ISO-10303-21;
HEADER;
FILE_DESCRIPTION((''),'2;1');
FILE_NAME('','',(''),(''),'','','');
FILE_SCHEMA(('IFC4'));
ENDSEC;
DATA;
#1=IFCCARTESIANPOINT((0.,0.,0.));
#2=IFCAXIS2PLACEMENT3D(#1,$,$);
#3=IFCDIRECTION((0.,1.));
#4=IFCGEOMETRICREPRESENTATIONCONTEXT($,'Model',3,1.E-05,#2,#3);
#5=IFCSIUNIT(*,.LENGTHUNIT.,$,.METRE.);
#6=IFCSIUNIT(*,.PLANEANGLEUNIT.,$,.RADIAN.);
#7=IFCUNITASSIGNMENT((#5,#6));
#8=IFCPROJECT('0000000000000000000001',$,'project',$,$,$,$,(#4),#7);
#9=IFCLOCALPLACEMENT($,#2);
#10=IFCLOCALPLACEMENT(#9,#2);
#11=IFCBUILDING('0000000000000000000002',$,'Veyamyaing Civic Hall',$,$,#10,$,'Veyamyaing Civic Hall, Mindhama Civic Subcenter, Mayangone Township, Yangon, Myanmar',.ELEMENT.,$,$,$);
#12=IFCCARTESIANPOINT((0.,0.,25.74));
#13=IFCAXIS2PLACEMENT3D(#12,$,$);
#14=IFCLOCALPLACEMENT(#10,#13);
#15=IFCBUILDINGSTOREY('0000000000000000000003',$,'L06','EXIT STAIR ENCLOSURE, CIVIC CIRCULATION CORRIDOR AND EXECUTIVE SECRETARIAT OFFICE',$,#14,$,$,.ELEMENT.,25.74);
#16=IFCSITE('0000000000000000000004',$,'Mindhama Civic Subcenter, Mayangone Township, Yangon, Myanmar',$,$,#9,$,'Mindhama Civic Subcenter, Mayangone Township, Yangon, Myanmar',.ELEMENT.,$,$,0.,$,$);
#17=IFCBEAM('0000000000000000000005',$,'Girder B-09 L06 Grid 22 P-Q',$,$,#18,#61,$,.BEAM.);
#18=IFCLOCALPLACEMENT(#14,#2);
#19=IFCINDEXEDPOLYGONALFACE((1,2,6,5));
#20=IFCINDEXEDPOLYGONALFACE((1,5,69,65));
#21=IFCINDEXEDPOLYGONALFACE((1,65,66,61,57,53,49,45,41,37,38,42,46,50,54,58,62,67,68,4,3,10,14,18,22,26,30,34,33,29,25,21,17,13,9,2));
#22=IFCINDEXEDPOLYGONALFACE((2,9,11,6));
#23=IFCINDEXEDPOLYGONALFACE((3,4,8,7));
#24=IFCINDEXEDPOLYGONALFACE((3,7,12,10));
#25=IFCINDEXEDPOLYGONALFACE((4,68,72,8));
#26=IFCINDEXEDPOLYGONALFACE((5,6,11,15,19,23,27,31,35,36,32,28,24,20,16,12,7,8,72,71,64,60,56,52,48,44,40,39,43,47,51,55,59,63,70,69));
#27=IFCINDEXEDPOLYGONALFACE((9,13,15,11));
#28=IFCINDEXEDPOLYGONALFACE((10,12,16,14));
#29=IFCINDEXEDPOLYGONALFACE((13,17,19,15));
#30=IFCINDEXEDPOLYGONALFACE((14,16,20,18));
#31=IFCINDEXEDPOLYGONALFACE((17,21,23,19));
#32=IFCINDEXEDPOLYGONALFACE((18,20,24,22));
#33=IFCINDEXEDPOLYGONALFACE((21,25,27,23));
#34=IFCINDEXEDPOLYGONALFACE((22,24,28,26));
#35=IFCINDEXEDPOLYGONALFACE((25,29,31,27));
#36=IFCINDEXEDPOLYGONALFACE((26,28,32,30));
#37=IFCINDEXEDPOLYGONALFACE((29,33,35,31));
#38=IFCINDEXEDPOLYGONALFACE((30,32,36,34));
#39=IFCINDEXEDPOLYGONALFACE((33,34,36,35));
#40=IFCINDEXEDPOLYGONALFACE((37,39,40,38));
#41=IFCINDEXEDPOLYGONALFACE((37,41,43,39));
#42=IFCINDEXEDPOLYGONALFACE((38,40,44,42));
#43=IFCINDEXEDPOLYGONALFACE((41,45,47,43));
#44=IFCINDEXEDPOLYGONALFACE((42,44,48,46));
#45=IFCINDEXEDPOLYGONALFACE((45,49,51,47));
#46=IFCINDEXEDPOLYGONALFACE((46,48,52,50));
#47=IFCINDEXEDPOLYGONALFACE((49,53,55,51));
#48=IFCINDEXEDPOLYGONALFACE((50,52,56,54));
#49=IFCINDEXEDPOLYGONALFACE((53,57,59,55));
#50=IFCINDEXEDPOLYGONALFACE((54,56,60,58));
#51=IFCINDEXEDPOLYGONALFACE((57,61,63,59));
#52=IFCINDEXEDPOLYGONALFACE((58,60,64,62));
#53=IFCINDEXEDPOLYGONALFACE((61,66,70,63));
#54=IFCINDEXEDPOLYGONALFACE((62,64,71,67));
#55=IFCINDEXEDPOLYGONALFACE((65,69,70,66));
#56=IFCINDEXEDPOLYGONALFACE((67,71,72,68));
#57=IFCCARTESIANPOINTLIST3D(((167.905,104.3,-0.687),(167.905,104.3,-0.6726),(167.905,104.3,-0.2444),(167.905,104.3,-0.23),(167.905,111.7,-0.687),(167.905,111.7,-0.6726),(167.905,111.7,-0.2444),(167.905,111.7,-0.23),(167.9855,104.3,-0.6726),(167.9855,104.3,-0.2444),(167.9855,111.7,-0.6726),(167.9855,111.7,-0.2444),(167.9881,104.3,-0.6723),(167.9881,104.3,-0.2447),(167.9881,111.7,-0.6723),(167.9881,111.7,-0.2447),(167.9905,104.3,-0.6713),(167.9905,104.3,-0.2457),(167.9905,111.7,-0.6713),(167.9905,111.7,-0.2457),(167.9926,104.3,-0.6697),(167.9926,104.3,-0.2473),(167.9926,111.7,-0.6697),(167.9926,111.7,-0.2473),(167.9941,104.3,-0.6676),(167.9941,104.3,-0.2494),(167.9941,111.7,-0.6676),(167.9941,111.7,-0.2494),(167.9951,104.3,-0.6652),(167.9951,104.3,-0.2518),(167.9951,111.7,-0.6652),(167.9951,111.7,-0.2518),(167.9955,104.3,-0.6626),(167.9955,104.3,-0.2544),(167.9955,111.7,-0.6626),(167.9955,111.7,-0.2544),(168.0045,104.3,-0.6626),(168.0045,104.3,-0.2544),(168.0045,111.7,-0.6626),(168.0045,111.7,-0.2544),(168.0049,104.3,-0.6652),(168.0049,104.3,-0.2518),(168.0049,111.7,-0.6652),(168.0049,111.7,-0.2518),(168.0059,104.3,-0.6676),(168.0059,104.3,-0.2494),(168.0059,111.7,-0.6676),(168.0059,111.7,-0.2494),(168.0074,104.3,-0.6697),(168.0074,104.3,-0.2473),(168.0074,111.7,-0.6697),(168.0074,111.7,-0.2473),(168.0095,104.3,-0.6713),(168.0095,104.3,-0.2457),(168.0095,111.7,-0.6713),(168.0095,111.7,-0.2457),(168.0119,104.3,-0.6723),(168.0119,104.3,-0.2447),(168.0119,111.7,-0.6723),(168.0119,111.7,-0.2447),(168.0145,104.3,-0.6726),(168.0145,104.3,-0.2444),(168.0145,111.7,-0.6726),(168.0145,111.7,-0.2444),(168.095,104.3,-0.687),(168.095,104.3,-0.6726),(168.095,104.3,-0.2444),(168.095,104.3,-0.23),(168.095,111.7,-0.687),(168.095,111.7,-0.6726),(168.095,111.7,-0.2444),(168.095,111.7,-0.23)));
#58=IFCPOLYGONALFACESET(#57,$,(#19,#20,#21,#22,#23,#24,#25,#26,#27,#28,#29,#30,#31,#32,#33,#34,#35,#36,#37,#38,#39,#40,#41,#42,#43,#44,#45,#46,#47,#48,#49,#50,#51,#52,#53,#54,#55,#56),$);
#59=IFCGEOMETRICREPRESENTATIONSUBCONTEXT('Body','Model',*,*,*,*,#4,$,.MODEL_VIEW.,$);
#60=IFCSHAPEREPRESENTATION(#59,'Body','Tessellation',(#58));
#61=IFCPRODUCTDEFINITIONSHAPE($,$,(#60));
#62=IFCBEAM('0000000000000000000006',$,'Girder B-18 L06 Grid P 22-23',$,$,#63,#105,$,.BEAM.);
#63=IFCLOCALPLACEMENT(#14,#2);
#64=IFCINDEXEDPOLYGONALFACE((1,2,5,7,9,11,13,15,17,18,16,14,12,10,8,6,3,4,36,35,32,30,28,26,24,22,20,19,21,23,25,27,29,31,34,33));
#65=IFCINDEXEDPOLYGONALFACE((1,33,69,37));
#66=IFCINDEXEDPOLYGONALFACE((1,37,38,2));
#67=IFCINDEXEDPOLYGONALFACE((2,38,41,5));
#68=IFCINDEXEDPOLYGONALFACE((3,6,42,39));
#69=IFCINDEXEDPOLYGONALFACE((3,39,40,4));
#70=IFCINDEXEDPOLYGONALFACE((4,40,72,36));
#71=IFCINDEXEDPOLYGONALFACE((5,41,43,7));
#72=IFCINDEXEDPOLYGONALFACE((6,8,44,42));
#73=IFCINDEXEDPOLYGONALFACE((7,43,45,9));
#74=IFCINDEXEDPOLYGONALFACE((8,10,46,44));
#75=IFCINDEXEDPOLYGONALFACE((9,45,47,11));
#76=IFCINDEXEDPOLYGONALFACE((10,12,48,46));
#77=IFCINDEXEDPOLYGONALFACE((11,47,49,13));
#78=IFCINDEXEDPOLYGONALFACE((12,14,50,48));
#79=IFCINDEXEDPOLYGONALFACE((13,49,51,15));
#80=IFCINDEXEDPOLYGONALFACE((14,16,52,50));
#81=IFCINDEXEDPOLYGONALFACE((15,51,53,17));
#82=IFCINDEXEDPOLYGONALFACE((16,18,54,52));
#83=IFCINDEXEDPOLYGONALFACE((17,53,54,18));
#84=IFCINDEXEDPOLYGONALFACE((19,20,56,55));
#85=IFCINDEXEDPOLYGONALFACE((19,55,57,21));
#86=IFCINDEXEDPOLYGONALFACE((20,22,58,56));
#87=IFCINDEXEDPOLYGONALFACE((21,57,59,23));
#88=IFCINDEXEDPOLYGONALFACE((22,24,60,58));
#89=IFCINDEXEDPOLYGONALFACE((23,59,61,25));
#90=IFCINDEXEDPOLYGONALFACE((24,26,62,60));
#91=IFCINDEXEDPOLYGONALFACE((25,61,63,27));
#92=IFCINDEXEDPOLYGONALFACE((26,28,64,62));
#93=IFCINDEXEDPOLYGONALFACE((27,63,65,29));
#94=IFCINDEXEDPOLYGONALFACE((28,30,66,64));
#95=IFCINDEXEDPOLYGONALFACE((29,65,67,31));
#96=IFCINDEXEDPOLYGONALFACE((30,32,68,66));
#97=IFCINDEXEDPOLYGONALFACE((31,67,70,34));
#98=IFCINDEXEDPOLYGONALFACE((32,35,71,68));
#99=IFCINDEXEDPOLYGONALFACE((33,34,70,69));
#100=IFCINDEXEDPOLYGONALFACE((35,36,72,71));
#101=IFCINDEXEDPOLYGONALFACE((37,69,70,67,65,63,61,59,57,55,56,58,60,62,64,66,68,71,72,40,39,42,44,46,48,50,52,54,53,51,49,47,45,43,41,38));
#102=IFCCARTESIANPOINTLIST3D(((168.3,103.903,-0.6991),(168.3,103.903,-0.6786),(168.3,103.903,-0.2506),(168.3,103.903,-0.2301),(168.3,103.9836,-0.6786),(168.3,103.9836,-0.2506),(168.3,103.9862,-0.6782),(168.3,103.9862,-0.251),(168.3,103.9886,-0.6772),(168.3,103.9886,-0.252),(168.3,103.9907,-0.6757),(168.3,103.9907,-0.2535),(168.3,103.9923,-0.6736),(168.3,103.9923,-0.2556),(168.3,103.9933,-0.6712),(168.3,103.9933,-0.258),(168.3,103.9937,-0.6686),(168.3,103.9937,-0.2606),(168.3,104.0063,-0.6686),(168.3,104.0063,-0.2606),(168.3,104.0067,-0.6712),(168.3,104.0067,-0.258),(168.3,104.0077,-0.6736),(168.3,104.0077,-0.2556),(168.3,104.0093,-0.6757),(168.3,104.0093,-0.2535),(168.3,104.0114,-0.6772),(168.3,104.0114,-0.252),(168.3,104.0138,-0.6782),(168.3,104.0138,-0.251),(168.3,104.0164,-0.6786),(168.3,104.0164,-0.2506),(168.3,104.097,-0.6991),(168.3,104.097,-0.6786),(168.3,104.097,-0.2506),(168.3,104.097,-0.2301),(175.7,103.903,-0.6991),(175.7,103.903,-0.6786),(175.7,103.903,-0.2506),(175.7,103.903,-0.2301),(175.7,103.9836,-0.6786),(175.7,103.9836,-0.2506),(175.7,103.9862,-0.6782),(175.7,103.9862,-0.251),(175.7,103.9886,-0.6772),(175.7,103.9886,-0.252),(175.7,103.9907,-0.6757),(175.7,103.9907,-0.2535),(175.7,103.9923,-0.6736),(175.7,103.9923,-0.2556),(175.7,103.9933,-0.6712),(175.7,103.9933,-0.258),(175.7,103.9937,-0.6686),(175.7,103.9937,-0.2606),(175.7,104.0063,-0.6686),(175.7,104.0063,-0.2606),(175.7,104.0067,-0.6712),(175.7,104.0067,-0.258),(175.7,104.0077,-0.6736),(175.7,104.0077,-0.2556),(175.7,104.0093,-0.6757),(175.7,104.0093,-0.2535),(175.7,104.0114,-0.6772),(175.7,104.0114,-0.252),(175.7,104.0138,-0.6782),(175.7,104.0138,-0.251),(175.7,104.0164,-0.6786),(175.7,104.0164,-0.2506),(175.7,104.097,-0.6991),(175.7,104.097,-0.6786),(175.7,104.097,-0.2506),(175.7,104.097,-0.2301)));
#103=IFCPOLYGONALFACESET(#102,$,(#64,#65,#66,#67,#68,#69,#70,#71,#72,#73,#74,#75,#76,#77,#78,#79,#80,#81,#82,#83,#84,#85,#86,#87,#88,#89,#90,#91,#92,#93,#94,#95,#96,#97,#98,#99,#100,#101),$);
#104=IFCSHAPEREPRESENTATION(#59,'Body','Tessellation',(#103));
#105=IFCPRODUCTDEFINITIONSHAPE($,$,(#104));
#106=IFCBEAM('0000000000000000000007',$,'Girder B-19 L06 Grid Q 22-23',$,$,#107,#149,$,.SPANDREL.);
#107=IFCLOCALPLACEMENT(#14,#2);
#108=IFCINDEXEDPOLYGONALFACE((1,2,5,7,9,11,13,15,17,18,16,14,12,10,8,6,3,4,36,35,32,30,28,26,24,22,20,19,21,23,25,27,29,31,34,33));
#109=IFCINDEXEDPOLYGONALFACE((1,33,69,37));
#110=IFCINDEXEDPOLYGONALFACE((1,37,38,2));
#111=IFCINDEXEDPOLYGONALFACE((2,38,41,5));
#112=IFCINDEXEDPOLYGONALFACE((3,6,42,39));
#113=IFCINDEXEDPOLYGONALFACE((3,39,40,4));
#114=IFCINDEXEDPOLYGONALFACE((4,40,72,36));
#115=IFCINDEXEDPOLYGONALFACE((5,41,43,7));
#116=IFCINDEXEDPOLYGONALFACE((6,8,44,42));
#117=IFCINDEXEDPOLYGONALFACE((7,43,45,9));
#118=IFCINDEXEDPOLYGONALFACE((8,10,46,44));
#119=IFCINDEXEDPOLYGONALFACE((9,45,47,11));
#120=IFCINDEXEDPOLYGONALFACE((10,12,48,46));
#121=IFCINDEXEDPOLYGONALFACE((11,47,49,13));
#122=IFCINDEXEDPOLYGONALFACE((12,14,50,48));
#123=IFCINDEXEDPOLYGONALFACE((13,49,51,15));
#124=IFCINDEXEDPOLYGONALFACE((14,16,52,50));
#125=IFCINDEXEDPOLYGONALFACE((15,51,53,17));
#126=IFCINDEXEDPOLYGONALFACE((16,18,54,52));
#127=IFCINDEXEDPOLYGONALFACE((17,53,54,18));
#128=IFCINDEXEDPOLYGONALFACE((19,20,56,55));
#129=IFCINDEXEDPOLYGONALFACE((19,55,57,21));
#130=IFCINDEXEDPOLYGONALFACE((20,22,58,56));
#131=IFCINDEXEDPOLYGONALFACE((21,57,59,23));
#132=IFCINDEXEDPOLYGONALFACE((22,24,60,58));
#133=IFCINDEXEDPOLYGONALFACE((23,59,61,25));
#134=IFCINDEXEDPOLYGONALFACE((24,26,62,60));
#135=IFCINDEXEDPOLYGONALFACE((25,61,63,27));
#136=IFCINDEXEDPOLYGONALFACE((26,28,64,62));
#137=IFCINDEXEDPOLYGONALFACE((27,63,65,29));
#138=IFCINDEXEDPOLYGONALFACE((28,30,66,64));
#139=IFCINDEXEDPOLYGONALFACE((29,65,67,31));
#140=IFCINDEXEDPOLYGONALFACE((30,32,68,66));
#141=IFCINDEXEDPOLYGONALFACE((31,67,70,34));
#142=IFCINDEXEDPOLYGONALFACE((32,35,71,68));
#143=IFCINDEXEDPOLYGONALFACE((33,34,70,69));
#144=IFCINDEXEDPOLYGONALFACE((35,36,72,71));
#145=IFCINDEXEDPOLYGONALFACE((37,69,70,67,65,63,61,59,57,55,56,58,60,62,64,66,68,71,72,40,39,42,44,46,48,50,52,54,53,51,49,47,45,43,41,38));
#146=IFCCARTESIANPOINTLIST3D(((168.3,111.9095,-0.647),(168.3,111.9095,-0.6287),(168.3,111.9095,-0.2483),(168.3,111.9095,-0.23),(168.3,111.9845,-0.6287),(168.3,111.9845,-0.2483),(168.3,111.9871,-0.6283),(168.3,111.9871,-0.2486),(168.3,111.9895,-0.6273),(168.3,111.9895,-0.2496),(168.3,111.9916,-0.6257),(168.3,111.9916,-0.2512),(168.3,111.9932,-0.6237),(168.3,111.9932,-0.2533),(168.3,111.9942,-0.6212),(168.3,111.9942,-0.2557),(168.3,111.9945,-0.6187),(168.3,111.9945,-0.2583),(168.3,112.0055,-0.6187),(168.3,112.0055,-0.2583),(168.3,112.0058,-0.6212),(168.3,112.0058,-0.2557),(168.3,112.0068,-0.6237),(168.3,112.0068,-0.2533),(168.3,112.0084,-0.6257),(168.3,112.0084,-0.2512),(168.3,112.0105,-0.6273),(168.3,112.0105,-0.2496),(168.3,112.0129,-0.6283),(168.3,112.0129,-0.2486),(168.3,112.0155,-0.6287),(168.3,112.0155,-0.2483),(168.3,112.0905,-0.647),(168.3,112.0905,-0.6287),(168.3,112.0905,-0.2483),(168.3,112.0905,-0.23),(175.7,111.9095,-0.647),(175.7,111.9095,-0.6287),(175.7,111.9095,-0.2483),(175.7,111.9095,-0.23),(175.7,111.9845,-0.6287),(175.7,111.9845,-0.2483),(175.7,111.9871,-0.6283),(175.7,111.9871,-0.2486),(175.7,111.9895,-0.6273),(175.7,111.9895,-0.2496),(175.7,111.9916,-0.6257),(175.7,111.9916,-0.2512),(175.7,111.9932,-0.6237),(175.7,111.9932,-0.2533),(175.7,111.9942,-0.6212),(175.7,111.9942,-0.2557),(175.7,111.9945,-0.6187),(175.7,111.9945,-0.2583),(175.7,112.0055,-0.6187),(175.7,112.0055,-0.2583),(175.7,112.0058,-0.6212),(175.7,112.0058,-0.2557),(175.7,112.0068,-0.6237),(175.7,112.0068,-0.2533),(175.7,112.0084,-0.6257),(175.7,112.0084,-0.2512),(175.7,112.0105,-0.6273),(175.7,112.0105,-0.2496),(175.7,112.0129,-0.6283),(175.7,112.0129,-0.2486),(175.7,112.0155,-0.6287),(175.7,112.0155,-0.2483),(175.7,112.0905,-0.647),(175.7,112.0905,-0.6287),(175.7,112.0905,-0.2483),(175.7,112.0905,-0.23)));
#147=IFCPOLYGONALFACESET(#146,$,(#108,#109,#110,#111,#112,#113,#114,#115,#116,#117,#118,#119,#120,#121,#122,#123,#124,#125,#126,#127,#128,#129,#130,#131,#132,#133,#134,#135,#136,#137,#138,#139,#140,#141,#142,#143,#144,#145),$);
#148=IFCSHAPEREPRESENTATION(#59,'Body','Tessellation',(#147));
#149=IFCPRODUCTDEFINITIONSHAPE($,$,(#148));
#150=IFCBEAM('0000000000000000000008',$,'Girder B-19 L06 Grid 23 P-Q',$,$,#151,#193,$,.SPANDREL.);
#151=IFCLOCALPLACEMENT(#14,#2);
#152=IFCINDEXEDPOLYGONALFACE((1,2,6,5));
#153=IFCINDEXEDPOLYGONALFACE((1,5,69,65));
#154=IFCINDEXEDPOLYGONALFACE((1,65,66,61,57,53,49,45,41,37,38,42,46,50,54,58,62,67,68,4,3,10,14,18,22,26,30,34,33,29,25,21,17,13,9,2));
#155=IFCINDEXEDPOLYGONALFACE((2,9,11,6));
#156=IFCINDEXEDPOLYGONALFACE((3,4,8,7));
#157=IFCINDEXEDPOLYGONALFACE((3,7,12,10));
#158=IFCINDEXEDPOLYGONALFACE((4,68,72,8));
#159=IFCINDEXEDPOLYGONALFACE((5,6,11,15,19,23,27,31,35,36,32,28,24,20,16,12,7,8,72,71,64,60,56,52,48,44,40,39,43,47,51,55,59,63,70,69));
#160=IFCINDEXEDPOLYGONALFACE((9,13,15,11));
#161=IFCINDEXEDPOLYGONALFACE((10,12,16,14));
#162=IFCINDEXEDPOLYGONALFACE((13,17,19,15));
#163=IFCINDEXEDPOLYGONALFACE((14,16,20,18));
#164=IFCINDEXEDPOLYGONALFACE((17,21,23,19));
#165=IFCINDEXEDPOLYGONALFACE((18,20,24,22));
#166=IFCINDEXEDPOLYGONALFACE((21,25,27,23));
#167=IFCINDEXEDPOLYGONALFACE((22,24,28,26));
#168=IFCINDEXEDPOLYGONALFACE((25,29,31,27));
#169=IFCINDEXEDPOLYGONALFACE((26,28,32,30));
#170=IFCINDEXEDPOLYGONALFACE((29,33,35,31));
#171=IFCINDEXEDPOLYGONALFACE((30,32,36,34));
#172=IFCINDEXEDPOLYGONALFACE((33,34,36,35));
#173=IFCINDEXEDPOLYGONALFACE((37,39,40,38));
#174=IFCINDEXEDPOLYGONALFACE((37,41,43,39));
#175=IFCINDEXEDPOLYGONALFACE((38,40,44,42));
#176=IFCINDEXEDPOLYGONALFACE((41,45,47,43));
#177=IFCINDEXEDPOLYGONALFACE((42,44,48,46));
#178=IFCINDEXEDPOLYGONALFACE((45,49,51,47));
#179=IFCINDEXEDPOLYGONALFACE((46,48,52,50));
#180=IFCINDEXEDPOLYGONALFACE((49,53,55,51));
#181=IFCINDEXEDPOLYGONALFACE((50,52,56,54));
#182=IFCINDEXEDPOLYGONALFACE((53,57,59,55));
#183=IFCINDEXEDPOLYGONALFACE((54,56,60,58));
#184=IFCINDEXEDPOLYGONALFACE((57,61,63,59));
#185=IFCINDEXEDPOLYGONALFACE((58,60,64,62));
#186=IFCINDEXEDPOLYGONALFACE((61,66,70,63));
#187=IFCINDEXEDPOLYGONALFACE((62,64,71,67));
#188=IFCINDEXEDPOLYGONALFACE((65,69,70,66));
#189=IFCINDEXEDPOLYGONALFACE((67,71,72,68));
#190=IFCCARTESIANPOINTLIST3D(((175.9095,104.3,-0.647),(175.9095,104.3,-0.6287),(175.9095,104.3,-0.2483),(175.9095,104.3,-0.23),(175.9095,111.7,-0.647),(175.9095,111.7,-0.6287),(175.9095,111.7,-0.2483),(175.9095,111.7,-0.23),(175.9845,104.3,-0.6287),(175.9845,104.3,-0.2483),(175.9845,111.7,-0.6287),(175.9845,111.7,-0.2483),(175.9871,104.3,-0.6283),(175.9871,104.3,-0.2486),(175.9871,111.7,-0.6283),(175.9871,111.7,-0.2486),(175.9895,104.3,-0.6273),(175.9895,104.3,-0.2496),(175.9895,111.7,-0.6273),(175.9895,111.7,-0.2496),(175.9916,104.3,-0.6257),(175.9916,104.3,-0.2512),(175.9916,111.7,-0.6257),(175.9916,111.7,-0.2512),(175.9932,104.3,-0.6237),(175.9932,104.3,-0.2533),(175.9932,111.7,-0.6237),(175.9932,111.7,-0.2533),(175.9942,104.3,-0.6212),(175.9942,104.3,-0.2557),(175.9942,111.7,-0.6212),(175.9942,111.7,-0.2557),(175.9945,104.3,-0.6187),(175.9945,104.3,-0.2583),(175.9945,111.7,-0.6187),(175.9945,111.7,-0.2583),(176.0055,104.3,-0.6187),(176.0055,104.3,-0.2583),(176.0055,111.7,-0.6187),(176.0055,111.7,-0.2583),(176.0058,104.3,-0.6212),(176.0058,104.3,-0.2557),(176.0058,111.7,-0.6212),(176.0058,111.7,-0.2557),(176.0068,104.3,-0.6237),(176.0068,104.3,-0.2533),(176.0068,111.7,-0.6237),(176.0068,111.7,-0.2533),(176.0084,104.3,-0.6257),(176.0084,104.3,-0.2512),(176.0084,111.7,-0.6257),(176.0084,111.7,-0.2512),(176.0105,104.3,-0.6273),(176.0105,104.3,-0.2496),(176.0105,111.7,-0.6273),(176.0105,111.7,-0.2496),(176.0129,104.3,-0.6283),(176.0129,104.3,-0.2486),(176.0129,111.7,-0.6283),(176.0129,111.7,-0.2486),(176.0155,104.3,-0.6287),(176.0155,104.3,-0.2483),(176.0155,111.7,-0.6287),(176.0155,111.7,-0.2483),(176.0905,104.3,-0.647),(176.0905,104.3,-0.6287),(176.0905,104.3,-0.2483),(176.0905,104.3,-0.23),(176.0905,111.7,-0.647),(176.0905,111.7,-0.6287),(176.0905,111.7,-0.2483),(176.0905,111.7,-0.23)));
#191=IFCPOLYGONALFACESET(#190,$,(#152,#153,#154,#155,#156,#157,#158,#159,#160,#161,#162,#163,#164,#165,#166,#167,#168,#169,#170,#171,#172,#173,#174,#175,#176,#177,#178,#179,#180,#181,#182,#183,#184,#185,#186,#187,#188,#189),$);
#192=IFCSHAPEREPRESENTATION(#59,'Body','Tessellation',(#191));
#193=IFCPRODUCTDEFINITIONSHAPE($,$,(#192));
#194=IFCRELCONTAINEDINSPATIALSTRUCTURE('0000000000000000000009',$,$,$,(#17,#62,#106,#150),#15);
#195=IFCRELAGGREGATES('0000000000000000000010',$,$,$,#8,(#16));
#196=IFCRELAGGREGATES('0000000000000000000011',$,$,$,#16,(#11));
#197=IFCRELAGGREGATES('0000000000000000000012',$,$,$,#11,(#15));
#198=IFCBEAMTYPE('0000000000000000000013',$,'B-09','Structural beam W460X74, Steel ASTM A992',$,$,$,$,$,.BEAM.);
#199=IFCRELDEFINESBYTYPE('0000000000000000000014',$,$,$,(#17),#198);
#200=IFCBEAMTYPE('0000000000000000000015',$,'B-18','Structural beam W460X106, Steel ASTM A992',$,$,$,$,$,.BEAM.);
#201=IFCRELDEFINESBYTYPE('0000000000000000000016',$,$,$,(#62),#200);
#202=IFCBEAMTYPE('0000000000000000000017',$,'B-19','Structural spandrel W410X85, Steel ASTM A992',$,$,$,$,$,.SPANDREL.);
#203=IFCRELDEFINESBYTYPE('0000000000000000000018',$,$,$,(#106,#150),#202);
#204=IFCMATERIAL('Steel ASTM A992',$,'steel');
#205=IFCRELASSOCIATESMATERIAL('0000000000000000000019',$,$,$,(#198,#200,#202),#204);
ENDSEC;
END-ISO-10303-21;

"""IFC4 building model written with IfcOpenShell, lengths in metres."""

from ifc_helpers import new_model, si_unit, direction, frame, origin, origin_2d, place, context, subcontext, project, spatial, i_section, extrude, material, material_profile, profile_set, type_object, element, save


model = new_model("IFC4")

# Units and contexts
model_context = context("Model", 3, precision=1e-05, world=origin(), true_north=direction((0.0, 1.0)))
body_context = subcontext(model_context, "Body", "Model", "MODEL_VIEW")
ifc_project = project(units=[si_unit("LENGTHUNIT", "METRE"), si_unit("PLANEANGLEUNIT", "RADIAN")], contexts=[model_context])

# Site, building, storey
site_placement = place(None, origin())
site = spatial("IfcSite", under=ifc_project, at=site_placement, Name="Mindhama Civic Subcenter, Mayangone Township, Yangon, Myanmar", LongName="Mindhama Civic Subcenter, Mayangone Township, Yangon, Myanmar", CompositionType="ELEMENT", RefElevation=0.0)
building_placement = place(site_placement, origin())
building = spatial("IfcBuilding", under=site, at=building_placement, Name="Veyamyaing Civic Hall", LongName="Veyamyaing Civic Hall, Mindhama Civic Subcenter, Mayangone Township, Yangon, Myanmar", CompositionType="ELEMENT")
storey_placement = place(building_placement, frame((0.0, 0.0, 25.74)))
storey = spatial("IfcBuildingStorey", under=building, at=storey_placement, Name="L06", Description="EXIT STAIR ENCLOSURE, CIVIC CIRCULATION CORRIDOR AND EXECUTIVE SECRETARIAT OFFICE", CompositionType="ELEMENT", Elevation=25.74)

# Beams
ifc_material_1 = material(Name="Steel ASTM A992", Category="steel")
ifc_material_profile_1 = material_profile(ifc_material_1, i_section(OverallWidth=0.1899, OverallDepth=0.457, WebThickness=0.009, FlangeThickness=0.0144, FilletRadius=0.01, at=origin_2d()), Name="W460X74")
ifc_profile_set_1 = profile_set([ifc_material_profile_1], Name="Steel ASTM A992")
beam_type_1 = type_object("IfcBeamType", Name="B-09", Description="Structural beam W460X74, Steel ASTM A992", PredefinedType="BEAM", material=ifc_profile_set_1)
beam_1_placement = place(storey_placement, frame((168.0, 104.3, -0.4585), z_axis=(0.0, 1.0, 0.0), x_axis=(-1.0, 0.0, 0.0)))
element("IfcBeam", 1, at=beam_1_placement, inside=storey, type_object=beam_type_1, Name="Girder B-09 L06 Grid 22 P-Q", PredefinedType="BEAM", context=body_context, shape_type="SweptSolid", body=[
    extrude(i_section(OverallWidth=0.1899, OverallDepth=0.457, WebThickness=0.009, FlangeThickness=0.0144, FilletRadius=0.01, at=origin_2d()), origin(), (0.0, 0.0, 1.0), 7.3999),
])
ifc_material_profile_2 = material_profile(ifc_material_1, i_section(OverallWidth=0.1941, OverallDepth=0.469, WebThickness=0.0127, FlangeThickness=0.0205, FilletRadius=0.01, at=origin_2d()), Name="W460X106")
ifc_profile_set_2 = profile_set([ifc_material_profile_2], Name="Steel ASTM A992")
beam_type_2 = type_object("IfcBeamType", Name="B-18", Description="Structural beam W460X106, Steel ASTM A992", PredefinedType="BEAM", material=ifc_profile_set_2)
beam_2_placement = place(storey_placement, frame((168.3, 104.0, -0.4646), z_axis=(1.0, 0.0, 0.0), x_axis=(0.0, 1.0, 0.0)))
element("IfcBeam", 2, at=beam_2_placement, inside=storey, type_object=beam_type_2, Name="Girder B-18 L06 Grid P 22-23", PredefinedType="BEAM", context=body_context, shape_type="SweptSolid", body=[
    extrude(i_section(OverallWidth=0.1941, OverallDepth=0.469, WebThickness=0.0127, FlangeThickness=0.0205, FilletRadius=0.01, at=origin_2d()), origin(), (0.0, 0.0, 1.0), 7.3999),
])
ifc_material_profile_3 = material_profile(ifc_material_1, i_section(OverallWidth=0.1809, OverallDepth=0.417, WebThickness=0.011, FlangeThickness=0.0183, FilletRadius=0.01, at=origin_2d()), Name="W410X85")
ifc_profile_set_3 = profile_set([ifc_material_profile_3], Name="Steel ASTM A992")
beam_type_3 = type_object("IfcBeamType", Name="B-19", Description="Structural spandrel W410X85, Steel ASTM A992", PredefinedType="SPANDREL", material=ifc_profile_set_3)
for number, where, z_axis, x_axis, name in (
    (3, (168.3, 112.0, -0.4385), (1.0, 0.0, 0.0), (0.0, 1.0, 0.0), "Girder B-19 L06 Grid Q 22-23"),
    (4, (176.0, 104.3, -0.4385), (0.0, 1.0, 0.0), (-1.0, 0.0, 0.0), "Girder B-19 L06 Grid 23 P-Q"),
):
    element("IfcBeam", number, at=place(storey_placement, frame(where, z_axis=z_axis, x_axis=x_axis)), inside=storey, type_object=beam_type_3, Name=name, PredefinedType="SPANDREL", context=body_context, shape_type="SweptSolid", body=[
        extrude(i_section(OverallWidth=0.1809, OverallDepth=0.417, WebThickness=0.011, FlangeThickness=0.0183, FilletRadius=0.01, at=origin_2d()), origin(), (0.0, 0.0, 1.0), 7.3999),
    ])

save(model, "model.ifc")
